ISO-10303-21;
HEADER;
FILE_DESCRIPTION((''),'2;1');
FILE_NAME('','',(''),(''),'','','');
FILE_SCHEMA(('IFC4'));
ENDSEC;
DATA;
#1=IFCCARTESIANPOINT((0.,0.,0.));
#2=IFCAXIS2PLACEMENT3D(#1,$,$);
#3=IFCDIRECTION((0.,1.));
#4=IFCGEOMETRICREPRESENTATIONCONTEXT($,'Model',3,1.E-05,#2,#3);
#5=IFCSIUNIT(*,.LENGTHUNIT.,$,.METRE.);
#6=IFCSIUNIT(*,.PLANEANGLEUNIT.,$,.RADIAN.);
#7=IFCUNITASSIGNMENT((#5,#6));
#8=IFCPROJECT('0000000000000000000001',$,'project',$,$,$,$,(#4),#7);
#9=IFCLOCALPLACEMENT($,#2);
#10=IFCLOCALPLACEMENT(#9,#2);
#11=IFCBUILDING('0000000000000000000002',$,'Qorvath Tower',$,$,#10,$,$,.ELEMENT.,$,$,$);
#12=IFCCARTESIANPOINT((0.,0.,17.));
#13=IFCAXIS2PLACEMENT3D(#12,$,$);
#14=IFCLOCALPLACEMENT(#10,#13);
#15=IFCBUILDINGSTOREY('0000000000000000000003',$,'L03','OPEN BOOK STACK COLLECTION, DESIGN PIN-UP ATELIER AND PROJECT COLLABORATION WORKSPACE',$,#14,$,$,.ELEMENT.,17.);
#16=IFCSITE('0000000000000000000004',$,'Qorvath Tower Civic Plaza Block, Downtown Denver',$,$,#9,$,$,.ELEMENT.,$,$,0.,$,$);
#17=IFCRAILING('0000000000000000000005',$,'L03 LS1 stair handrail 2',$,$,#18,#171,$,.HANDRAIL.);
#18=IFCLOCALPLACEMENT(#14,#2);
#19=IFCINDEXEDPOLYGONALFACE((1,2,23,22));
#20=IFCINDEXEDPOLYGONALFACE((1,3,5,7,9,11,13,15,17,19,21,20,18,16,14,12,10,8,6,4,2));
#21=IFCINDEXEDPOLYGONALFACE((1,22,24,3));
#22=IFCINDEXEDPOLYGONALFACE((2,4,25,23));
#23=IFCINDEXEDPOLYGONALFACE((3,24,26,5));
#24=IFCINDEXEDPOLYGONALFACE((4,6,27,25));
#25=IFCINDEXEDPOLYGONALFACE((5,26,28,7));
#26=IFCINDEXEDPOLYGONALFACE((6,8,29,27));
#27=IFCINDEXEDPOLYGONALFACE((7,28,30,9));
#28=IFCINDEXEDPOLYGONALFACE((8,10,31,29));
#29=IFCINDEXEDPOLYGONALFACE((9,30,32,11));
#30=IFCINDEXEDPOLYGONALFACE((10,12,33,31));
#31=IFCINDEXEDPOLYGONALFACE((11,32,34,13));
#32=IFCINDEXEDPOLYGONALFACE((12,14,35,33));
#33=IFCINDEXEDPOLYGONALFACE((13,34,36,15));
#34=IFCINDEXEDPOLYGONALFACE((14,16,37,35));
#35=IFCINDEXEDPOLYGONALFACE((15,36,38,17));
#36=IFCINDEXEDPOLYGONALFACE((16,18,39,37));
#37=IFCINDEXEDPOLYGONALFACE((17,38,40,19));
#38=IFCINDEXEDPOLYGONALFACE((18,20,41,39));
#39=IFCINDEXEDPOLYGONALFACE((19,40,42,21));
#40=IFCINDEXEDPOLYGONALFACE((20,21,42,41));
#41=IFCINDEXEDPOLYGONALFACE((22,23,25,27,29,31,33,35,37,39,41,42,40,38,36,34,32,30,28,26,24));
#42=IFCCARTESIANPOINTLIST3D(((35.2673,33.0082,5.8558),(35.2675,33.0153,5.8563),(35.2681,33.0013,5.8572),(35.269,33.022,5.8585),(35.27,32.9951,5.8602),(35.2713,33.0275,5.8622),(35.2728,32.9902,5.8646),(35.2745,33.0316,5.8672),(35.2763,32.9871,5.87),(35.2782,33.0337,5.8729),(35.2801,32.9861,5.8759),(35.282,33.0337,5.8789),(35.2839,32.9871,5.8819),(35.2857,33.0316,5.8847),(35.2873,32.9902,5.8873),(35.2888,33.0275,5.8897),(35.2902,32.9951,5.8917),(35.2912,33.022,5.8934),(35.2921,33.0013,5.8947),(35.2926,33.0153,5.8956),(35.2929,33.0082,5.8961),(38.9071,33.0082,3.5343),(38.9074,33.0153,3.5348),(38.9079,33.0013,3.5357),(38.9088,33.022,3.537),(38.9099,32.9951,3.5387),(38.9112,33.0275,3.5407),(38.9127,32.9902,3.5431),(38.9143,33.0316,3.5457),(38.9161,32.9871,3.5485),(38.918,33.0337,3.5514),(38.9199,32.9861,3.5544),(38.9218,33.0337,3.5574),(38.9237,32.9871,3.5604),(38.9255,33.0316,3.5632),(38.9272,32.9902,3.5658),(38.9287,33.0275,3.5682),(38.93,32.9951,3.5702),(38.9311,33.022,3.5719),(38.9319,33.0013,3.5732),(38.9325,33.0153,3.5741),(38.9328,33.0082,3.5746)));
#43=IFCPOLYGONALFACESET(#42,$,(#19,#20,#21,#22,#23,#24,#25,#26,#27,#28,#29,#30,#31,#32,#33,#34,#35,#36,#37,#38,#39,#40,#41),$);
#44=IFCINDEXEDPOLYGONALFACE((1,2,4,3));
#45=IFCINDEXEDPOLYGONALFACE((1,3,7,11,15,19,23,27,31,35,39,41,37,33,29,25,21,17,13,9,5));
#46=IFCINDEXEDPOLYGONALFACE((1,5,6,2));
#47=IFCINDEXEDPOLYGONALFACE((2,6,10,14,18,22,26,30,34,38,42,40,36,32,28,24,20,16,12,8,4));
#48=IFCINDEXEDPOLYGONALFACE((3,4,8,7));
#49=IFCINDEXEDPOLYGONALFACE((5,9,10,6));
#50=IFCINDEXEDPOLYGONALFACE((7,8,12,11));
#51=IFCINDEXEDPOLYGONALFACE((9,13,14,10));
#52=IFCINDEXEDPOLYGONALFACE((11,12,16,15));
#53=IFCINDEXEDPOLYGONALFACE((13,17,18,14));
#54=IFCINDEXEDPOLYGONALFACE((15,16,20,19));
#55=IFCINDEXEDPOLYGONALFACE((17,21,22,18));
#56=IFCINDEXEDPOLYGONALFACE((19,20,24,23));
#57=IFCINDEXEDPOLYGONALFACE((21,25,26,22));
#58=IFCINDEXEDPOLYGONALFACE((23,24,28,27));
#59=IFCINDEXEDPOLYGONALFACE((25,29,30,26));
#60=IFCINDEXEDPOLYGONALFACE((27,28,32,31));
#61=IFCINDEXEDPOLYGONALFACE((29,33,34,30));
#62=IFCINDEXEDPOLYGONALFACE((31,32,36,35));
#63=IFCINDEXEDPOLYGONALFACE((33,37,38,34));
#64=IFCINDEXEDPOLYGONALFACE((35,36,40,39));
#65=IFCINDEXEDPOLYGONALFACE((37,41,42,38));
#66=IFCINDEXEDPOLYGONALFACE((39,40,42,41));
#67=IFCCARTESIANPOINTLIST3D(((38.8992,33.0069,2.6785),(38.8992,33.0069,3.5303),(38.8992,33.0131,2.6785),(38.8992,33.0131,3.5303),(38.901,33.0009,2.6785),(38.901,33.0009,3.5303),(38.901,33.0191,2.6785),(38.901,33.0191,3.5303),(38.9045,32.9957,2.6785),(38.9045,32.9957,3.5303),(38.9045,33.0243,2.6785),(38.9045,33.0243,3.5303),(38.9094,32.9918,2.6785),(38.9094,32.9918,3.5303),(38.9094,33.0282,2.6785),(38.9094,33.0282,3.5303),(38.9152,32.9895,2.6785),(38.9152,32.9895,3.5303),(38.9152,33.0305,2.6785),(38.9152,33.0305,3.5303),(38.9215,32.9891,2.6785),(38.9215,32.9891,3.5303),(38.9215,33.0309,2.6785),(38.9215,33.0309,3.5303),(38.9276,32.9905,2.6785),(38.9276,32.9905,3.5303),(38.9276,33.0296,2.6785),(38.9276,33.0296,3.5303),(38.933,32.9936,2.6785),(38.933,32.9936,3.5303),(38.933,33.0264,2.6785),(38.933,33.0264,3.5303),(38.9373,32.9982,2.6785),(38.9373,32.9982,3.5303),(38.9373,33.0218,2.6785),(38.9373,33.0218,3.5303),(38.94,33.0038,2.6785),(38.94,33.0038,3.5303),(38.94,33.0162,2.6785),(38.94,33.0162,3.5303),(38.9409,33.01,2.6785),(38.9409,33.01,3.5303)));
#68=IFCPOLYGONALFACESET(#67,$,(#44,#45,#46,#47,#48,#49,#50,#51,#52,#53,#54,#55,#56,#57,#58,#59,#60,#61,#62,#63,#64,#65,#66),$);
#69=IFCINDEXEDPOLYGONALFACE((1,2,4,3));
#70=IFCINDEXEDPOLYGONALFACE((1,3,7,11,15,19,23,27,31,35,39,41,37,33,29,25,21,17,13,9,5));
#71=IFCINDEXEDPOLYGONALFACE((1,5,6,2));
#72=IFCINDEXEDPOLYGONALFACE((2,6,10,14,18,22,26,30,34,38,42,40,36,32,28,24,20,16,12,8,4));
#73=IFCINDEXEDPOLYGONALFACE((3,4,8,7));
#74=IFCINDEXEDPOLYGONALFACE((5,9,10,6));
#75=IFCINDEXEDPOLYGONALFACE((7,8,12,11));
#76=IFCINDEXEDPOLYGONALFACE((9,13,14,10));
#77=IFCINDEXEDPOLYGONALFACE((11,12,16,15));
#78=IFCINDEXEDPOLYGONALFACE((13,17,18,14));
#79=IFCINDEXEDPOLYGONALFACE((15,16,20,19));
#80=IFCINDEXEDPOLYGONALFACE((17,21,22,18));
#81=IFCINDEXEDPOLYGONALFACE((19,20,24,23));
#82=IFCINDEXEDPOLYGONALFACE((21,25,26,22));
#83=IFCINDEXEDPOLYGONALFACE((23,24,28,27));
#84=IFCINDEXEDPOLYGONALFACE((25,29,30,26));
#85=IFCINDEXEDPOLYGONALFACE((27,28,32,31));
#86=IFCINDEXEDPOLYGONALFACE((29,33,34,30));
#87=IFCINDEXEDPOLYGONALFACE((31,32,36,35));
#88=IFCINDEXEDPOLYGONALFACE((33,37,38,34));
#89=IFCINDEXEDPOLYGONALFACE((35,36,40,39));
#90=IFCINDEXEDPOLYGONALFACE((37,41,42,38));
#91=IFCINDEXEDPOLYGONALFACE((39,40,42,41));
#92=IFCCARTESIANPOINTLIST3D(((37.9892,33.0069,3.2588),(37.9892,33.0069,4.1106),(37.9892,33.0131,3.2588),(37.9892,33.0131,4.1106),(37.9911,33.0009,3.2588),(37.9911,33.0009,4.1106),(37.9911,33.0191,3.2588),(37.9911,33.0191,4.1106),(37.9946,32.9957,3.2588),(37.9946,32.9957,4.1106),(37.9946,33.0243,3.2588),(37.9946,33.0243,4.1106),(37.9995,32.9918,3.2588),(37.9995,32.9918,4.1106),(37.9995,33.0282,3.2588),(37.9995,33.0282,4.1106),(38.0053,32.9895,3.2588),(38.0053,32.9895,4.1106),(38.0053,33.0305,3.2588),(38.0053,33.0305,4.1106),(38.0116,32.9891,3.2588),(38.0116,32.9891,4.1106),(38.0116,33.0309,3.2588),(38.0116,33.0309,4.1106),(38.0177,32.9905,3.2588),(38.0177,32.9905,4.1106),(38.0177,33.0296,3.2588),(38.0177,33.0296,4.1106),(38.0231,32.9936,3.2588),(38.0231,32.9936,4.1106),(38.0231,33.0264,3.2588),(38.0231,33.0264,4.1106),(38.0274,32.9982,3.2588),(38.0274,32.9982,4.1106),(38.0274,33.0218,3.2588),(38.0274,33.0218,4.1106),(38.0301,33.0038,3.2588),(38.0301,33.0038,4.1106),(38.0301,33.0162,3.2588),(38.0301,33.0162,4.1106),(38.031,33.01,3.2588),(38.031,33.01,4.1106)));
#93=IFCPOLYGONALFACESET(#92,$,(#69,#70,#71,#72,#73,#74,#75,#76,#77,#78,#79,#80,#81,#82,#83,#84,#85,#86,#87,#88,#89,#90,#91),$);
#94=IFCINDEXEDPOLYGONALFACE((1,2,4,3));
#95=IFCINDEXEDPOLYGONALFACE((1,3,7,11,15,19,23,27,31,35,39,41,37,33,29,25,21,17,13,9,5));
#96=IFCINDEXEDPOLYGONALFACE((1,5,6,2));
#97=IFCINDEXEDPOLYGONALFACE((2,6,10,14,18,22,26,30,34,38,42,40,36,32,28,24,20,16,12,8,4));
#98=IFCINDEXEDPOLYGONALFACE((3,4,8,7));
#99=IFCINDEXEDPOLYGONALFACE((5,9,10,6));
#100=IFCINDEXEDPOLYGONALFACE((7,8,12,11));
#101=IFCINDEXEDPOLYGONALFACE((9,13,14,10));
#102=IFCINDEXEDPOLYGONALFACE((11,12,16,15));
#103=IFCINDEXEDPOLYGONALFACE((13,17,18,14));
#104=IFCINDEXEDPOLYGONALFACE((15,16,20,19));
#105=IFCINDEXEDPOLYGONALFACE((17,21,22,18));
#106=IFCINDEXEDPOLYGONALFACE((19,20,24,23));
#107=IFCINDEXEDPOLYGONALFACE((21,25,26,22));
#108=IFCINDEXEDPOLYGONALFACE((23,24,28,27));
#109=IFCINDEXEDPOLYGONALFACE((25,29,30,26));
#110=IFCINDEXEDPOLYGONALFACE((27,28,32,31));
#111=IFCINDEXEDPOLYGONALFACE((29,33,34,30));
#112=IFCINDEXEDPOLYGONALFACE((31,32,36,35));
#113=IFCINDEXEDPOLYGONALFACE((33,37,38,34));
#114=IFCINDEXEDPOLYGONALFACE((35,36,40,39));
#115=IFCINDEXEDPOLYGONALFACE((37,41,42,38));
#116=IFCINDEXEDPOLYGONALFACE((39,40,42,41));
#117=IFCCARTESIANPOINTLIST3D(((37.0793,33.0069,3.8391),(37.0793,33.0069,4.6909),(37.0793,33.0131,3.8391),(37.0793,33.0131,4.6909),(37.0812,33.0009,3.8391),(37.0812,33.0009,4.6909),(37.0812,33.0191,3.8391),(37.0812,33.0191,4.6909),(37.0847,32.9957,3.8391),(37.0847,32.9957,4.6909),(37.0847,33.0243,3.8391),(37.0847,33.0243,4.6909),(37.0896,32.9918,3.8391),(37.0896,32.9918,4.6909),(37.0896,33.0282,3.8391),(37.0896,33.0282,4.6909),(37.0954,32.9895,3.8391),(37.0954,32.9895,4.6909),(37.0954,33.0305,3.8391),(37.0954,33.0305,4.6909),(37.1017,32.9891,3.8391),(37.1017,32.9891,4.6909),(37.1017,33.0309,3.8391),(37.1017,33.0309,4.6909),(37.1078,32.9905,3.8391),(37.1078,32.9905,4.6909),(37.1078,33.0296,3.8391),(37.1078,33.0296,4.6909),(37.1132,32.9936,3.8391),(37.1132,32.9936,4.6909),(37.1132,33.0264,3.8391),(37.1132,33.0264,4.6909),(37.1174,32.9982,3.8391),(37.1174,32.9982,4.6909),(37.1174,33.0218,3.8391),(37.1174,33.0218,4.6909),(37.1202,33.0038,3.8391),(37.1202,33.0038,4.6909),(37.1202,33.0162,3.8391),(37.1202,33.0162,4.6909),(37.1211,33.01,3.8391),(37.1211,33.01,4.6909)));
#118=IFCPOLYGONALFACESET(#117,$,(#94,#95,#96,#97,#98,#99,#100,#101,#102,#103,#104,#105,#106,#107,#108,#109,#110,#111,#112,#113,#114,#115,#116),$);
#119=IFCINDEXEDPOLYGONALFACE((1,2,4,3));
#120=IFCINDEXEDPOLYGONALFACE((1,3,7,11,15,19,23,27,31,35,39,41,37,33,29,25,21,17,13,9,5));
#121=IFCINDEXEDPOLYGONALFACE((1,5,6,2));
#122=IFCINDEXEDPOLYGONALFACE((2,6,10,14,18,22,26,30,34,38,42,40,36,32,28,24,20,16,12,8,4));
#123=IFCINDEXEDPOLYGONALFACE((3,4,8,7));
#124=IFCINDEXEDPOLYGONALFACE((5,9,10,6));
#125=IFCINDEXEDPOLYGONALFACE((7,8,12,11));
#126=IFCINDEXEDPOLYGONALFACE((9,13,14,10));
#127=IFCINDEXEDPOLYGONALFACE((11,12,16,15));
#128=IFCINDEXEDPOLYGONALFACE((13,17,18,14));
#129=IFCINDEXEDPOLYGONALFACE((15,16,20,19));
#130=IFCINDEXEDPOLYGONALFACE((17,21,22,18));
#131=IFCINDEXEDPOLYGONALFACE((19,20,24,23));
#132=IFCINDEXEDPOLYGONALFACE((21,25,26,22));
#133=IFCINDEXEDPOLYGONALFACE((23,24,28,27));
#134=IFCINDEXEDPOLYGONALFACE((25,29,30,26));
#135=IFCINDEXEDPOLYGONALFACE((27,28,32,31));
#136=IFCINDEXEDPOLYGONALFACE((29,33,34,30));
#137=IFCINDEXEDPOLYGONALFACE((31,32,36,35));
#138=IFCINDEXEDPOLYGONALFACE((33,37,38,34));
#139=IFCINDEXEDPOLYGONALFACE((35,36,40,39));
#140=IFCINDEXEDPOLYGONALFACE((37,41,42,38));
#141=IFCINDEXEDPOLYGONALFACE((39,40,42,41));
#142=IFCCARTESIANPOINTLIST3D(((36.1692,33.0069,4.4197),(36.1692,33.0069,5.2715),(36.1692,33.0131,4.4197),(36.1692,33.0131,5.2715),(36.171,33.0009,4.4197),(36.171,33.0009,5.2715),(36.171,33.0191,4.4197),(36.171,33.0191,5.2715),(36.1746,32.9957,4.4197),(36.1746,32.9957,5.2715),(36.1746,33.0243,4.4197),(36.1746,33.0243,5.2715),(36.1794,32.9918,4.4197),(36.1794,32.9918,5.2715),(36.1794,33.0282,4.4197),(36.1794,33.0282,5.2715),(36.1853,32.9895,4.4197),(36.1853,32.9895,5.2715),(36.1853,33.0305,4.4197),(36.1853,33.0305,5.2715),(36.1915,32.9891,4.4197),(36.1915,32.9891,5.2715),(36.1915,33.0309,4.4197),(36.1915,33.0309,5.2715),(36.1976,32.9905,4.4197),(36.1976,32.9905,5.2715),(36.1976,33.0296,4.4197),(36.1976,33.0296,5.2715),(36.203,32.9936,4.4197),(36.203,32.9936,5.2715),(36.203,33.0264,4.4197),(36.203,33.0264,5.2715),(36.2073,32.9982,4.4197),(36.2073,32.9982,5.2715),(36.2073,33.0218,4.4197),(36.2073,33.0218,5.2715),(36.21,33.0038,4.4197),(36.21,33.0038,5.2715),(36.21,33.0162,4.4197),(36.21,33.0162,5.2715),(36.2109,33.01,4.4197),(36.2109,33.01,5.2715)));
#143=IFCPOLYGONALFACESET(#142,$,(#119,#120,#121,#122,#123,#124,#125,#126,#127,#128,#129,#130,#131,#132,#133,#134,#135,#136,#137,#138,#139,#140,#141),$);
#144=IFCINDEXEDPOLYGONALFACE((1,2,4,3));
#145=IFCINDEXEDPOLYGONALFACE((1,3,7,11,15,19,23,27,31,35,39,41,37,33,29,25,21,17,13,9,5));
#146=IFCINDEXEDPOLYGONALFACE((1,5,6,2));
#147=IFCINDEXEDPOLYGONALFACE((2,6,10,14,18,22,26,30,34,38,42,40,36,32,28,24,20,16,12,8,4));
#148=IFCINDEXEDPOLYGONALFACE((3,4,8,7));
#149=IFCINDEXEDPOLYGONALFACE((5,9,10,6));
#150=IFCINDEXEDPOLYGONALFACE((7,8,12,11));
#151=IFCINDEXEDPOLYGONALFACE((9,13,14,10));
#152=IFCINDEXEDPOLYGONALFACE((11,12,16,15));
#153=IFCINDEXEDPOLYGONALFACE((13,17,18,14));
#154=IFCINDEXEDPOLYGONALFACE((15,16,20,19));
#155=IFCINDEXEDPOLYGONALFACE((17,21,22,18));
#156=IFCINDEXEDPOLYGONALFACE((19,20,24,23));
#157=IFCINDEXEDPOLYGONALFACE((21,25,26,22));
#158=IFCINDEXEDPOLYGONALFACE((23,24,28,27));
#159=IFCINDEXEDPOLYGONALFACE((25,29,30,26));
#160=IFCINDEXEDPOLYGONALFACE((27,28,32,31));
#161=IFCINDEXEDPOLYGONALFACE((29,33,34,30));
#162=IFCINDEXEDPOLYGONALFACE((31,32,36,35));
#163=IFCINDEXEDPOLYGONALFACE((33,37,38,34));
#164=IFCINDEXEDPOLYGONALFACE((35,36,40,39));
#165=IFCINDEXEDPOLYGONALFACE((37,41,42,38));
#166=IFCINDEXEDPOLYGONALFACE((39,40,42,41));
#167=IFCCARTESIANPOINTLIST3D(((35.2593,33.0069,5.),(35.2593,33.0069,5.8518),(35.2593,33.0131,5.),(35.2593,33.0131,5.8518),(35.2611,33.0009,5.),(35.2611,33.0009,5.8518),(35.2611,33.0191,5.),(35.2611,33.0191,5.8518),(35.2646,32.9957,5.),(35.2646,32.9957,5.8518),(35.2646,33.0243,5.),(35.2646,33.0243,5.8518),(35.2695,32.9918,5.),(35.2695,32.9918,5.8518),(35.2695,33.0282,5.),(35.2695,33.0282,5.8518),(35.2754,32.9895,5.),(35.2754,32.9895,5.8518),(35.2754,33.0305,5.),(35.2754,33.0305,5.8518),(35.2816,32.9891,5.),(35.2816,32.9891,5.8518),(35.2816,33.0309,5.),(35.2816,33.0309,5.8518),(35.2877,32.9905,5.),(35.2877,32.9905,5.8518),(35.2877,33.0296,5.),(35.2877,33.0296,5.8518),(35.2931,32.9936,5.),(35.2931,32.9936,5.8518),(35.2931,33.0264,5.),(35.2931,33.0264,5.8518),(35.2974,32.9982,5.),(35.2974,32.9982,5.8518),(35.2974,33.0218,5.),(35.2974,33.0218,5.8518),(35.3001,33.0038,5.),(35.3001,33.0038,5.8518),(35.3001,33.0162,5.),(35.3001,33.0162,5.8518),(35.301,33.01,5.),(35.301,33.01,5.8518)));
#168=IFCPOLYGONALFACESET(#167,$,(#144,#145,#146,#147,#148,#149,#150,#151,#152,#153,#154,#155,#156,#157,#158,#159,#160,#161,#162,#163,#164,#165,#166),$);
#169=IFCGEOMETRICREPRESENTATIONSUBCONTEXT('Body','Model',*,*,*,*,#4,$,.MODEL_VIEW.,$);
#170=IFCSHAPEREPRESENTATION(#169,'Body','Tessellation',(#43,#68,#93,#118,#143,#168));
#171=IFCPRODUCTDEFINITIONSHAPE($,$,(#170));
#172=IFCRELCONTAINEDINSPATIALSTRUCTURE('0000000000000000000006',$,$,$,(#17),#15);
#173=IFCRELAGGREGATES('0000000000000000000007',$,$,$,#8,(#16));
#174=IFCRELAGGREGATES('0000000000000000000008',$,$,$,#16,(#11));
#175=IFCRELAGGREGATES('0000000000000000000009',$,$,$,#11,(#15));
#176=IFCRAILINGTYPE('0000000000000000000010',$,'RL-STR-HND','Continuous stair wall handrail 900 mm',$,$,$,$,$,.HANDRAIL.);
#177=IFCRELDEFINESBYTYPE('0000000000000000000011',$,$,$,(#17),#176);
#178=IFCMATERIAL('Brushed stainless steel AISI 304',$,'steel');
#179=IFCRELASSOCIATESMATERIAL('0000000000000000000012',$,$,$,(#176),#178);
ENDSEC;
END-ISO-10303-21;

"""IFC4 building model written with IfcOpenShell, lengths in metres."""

from ifc_helpers import new_model, si_unit, direction, frame, origin, origin_2d, place, context, subcontext, project, spatial, circle, extrude, material, type_object, element, save


model = new_model("IFC4")

# Units and contexts
model_context = context("Model", 3, precision=1e-05, world=origin(), true_north=direction((0.0, 1.0)))
body_context = subcontext(model_context, "Body", "Model", "MODEL_VIEW")
ifc_project = project(units=[si_unit("LENGTHUNIT", "METRE"), si_unit("PLANEANGLEUNIT", "RADIAN")], contexts=[model_context])

# Site, building, storey
site_placement = place(None, origin())
site = spatial("IfcSite", under=ifc_project, at=site_placement, Name="Qorvath Tower Civic Plaza Block, Downtown Denver", CompositionType="ELEMENT", RefElevation=0.0)
building_placement = place(site_placement, origin())
building = spatial("IfcBuilding", under=site, at=building_placement, Name="Qorvath Tower", CompositionType="ELEMENT")
storey_placement = place(building_placement, frame((0.0, 0.0, 17.0)))
storey = spatial("IfcBuildingStorey", under=building, at=storey_placement, Name="L03", Description="OPEN BOOK STACK COLLECTION, DESIGN PIN-UP ATELIER AND PROJECT COLLABORATION WORKSPACE", CompositionType="ELEMENT", Elevation=17.0)

# Railing
ifc_material_1 = material(Name="Brushed stainless steel AISI 304", Category="steel")
railing_type_1 = type_object("IfcRailingType", Name="RL-STR-HND", Description="Continuous stair wall handrail 900 mm", PredefinedType="HANDRAIL", material=ifc_material_1)
railing_1_placement = place(storey_placement, frame((38.9199, 33.01, 2.6785)))
element("IfcRailing", 1, at=railing_1_placement, inside=storey, type_object=railing_type_1, Name="L03 LS1 stair handrail 2", PredefinedType="HANDRAIL", context=body_context, shape_type="SweptSolid", body=[
    extrude(circle(Radius=0.0239, at=origin_2d()), frame((0.0, 0.0, 0.876), z_axis=(-0.843112, 0.0, 0.537739), x_axis=(0.0, -1.0, 0.0)), (0.0, 0.0, 1.0), 4.3171),
    extrude(circle(Radius=0.021, at=origin_2d()), origin(), (0.0, 0.0, 1.0), 0.8518),
    extrude(circle(Radius=0.021, at=origin_2d()), frame((-0.9099, 0.0, 0.5803)), (0.0, 0.0, 1.0), 0.8518),
    extrude(circle(Radius=0.021, at=origin_2d()), frame((-1.8198, 0.0, 1.1606)), (0.0, 0.0, 1.0), 0.8518),
    extrude(circle(Radius=0.021, at=origin_2d()), frame((-2.73, 0.0, 1.7412)), (0.0, 0.0, 1.0), 0.8518),
    extrude(circle(Radius=0.021, at=origin_2d()), frame((-3.6399, 0.0, 2.3215)), (0.0, 0.0, 1.0), 0.8518),
])

save(model, "model.ifc")
